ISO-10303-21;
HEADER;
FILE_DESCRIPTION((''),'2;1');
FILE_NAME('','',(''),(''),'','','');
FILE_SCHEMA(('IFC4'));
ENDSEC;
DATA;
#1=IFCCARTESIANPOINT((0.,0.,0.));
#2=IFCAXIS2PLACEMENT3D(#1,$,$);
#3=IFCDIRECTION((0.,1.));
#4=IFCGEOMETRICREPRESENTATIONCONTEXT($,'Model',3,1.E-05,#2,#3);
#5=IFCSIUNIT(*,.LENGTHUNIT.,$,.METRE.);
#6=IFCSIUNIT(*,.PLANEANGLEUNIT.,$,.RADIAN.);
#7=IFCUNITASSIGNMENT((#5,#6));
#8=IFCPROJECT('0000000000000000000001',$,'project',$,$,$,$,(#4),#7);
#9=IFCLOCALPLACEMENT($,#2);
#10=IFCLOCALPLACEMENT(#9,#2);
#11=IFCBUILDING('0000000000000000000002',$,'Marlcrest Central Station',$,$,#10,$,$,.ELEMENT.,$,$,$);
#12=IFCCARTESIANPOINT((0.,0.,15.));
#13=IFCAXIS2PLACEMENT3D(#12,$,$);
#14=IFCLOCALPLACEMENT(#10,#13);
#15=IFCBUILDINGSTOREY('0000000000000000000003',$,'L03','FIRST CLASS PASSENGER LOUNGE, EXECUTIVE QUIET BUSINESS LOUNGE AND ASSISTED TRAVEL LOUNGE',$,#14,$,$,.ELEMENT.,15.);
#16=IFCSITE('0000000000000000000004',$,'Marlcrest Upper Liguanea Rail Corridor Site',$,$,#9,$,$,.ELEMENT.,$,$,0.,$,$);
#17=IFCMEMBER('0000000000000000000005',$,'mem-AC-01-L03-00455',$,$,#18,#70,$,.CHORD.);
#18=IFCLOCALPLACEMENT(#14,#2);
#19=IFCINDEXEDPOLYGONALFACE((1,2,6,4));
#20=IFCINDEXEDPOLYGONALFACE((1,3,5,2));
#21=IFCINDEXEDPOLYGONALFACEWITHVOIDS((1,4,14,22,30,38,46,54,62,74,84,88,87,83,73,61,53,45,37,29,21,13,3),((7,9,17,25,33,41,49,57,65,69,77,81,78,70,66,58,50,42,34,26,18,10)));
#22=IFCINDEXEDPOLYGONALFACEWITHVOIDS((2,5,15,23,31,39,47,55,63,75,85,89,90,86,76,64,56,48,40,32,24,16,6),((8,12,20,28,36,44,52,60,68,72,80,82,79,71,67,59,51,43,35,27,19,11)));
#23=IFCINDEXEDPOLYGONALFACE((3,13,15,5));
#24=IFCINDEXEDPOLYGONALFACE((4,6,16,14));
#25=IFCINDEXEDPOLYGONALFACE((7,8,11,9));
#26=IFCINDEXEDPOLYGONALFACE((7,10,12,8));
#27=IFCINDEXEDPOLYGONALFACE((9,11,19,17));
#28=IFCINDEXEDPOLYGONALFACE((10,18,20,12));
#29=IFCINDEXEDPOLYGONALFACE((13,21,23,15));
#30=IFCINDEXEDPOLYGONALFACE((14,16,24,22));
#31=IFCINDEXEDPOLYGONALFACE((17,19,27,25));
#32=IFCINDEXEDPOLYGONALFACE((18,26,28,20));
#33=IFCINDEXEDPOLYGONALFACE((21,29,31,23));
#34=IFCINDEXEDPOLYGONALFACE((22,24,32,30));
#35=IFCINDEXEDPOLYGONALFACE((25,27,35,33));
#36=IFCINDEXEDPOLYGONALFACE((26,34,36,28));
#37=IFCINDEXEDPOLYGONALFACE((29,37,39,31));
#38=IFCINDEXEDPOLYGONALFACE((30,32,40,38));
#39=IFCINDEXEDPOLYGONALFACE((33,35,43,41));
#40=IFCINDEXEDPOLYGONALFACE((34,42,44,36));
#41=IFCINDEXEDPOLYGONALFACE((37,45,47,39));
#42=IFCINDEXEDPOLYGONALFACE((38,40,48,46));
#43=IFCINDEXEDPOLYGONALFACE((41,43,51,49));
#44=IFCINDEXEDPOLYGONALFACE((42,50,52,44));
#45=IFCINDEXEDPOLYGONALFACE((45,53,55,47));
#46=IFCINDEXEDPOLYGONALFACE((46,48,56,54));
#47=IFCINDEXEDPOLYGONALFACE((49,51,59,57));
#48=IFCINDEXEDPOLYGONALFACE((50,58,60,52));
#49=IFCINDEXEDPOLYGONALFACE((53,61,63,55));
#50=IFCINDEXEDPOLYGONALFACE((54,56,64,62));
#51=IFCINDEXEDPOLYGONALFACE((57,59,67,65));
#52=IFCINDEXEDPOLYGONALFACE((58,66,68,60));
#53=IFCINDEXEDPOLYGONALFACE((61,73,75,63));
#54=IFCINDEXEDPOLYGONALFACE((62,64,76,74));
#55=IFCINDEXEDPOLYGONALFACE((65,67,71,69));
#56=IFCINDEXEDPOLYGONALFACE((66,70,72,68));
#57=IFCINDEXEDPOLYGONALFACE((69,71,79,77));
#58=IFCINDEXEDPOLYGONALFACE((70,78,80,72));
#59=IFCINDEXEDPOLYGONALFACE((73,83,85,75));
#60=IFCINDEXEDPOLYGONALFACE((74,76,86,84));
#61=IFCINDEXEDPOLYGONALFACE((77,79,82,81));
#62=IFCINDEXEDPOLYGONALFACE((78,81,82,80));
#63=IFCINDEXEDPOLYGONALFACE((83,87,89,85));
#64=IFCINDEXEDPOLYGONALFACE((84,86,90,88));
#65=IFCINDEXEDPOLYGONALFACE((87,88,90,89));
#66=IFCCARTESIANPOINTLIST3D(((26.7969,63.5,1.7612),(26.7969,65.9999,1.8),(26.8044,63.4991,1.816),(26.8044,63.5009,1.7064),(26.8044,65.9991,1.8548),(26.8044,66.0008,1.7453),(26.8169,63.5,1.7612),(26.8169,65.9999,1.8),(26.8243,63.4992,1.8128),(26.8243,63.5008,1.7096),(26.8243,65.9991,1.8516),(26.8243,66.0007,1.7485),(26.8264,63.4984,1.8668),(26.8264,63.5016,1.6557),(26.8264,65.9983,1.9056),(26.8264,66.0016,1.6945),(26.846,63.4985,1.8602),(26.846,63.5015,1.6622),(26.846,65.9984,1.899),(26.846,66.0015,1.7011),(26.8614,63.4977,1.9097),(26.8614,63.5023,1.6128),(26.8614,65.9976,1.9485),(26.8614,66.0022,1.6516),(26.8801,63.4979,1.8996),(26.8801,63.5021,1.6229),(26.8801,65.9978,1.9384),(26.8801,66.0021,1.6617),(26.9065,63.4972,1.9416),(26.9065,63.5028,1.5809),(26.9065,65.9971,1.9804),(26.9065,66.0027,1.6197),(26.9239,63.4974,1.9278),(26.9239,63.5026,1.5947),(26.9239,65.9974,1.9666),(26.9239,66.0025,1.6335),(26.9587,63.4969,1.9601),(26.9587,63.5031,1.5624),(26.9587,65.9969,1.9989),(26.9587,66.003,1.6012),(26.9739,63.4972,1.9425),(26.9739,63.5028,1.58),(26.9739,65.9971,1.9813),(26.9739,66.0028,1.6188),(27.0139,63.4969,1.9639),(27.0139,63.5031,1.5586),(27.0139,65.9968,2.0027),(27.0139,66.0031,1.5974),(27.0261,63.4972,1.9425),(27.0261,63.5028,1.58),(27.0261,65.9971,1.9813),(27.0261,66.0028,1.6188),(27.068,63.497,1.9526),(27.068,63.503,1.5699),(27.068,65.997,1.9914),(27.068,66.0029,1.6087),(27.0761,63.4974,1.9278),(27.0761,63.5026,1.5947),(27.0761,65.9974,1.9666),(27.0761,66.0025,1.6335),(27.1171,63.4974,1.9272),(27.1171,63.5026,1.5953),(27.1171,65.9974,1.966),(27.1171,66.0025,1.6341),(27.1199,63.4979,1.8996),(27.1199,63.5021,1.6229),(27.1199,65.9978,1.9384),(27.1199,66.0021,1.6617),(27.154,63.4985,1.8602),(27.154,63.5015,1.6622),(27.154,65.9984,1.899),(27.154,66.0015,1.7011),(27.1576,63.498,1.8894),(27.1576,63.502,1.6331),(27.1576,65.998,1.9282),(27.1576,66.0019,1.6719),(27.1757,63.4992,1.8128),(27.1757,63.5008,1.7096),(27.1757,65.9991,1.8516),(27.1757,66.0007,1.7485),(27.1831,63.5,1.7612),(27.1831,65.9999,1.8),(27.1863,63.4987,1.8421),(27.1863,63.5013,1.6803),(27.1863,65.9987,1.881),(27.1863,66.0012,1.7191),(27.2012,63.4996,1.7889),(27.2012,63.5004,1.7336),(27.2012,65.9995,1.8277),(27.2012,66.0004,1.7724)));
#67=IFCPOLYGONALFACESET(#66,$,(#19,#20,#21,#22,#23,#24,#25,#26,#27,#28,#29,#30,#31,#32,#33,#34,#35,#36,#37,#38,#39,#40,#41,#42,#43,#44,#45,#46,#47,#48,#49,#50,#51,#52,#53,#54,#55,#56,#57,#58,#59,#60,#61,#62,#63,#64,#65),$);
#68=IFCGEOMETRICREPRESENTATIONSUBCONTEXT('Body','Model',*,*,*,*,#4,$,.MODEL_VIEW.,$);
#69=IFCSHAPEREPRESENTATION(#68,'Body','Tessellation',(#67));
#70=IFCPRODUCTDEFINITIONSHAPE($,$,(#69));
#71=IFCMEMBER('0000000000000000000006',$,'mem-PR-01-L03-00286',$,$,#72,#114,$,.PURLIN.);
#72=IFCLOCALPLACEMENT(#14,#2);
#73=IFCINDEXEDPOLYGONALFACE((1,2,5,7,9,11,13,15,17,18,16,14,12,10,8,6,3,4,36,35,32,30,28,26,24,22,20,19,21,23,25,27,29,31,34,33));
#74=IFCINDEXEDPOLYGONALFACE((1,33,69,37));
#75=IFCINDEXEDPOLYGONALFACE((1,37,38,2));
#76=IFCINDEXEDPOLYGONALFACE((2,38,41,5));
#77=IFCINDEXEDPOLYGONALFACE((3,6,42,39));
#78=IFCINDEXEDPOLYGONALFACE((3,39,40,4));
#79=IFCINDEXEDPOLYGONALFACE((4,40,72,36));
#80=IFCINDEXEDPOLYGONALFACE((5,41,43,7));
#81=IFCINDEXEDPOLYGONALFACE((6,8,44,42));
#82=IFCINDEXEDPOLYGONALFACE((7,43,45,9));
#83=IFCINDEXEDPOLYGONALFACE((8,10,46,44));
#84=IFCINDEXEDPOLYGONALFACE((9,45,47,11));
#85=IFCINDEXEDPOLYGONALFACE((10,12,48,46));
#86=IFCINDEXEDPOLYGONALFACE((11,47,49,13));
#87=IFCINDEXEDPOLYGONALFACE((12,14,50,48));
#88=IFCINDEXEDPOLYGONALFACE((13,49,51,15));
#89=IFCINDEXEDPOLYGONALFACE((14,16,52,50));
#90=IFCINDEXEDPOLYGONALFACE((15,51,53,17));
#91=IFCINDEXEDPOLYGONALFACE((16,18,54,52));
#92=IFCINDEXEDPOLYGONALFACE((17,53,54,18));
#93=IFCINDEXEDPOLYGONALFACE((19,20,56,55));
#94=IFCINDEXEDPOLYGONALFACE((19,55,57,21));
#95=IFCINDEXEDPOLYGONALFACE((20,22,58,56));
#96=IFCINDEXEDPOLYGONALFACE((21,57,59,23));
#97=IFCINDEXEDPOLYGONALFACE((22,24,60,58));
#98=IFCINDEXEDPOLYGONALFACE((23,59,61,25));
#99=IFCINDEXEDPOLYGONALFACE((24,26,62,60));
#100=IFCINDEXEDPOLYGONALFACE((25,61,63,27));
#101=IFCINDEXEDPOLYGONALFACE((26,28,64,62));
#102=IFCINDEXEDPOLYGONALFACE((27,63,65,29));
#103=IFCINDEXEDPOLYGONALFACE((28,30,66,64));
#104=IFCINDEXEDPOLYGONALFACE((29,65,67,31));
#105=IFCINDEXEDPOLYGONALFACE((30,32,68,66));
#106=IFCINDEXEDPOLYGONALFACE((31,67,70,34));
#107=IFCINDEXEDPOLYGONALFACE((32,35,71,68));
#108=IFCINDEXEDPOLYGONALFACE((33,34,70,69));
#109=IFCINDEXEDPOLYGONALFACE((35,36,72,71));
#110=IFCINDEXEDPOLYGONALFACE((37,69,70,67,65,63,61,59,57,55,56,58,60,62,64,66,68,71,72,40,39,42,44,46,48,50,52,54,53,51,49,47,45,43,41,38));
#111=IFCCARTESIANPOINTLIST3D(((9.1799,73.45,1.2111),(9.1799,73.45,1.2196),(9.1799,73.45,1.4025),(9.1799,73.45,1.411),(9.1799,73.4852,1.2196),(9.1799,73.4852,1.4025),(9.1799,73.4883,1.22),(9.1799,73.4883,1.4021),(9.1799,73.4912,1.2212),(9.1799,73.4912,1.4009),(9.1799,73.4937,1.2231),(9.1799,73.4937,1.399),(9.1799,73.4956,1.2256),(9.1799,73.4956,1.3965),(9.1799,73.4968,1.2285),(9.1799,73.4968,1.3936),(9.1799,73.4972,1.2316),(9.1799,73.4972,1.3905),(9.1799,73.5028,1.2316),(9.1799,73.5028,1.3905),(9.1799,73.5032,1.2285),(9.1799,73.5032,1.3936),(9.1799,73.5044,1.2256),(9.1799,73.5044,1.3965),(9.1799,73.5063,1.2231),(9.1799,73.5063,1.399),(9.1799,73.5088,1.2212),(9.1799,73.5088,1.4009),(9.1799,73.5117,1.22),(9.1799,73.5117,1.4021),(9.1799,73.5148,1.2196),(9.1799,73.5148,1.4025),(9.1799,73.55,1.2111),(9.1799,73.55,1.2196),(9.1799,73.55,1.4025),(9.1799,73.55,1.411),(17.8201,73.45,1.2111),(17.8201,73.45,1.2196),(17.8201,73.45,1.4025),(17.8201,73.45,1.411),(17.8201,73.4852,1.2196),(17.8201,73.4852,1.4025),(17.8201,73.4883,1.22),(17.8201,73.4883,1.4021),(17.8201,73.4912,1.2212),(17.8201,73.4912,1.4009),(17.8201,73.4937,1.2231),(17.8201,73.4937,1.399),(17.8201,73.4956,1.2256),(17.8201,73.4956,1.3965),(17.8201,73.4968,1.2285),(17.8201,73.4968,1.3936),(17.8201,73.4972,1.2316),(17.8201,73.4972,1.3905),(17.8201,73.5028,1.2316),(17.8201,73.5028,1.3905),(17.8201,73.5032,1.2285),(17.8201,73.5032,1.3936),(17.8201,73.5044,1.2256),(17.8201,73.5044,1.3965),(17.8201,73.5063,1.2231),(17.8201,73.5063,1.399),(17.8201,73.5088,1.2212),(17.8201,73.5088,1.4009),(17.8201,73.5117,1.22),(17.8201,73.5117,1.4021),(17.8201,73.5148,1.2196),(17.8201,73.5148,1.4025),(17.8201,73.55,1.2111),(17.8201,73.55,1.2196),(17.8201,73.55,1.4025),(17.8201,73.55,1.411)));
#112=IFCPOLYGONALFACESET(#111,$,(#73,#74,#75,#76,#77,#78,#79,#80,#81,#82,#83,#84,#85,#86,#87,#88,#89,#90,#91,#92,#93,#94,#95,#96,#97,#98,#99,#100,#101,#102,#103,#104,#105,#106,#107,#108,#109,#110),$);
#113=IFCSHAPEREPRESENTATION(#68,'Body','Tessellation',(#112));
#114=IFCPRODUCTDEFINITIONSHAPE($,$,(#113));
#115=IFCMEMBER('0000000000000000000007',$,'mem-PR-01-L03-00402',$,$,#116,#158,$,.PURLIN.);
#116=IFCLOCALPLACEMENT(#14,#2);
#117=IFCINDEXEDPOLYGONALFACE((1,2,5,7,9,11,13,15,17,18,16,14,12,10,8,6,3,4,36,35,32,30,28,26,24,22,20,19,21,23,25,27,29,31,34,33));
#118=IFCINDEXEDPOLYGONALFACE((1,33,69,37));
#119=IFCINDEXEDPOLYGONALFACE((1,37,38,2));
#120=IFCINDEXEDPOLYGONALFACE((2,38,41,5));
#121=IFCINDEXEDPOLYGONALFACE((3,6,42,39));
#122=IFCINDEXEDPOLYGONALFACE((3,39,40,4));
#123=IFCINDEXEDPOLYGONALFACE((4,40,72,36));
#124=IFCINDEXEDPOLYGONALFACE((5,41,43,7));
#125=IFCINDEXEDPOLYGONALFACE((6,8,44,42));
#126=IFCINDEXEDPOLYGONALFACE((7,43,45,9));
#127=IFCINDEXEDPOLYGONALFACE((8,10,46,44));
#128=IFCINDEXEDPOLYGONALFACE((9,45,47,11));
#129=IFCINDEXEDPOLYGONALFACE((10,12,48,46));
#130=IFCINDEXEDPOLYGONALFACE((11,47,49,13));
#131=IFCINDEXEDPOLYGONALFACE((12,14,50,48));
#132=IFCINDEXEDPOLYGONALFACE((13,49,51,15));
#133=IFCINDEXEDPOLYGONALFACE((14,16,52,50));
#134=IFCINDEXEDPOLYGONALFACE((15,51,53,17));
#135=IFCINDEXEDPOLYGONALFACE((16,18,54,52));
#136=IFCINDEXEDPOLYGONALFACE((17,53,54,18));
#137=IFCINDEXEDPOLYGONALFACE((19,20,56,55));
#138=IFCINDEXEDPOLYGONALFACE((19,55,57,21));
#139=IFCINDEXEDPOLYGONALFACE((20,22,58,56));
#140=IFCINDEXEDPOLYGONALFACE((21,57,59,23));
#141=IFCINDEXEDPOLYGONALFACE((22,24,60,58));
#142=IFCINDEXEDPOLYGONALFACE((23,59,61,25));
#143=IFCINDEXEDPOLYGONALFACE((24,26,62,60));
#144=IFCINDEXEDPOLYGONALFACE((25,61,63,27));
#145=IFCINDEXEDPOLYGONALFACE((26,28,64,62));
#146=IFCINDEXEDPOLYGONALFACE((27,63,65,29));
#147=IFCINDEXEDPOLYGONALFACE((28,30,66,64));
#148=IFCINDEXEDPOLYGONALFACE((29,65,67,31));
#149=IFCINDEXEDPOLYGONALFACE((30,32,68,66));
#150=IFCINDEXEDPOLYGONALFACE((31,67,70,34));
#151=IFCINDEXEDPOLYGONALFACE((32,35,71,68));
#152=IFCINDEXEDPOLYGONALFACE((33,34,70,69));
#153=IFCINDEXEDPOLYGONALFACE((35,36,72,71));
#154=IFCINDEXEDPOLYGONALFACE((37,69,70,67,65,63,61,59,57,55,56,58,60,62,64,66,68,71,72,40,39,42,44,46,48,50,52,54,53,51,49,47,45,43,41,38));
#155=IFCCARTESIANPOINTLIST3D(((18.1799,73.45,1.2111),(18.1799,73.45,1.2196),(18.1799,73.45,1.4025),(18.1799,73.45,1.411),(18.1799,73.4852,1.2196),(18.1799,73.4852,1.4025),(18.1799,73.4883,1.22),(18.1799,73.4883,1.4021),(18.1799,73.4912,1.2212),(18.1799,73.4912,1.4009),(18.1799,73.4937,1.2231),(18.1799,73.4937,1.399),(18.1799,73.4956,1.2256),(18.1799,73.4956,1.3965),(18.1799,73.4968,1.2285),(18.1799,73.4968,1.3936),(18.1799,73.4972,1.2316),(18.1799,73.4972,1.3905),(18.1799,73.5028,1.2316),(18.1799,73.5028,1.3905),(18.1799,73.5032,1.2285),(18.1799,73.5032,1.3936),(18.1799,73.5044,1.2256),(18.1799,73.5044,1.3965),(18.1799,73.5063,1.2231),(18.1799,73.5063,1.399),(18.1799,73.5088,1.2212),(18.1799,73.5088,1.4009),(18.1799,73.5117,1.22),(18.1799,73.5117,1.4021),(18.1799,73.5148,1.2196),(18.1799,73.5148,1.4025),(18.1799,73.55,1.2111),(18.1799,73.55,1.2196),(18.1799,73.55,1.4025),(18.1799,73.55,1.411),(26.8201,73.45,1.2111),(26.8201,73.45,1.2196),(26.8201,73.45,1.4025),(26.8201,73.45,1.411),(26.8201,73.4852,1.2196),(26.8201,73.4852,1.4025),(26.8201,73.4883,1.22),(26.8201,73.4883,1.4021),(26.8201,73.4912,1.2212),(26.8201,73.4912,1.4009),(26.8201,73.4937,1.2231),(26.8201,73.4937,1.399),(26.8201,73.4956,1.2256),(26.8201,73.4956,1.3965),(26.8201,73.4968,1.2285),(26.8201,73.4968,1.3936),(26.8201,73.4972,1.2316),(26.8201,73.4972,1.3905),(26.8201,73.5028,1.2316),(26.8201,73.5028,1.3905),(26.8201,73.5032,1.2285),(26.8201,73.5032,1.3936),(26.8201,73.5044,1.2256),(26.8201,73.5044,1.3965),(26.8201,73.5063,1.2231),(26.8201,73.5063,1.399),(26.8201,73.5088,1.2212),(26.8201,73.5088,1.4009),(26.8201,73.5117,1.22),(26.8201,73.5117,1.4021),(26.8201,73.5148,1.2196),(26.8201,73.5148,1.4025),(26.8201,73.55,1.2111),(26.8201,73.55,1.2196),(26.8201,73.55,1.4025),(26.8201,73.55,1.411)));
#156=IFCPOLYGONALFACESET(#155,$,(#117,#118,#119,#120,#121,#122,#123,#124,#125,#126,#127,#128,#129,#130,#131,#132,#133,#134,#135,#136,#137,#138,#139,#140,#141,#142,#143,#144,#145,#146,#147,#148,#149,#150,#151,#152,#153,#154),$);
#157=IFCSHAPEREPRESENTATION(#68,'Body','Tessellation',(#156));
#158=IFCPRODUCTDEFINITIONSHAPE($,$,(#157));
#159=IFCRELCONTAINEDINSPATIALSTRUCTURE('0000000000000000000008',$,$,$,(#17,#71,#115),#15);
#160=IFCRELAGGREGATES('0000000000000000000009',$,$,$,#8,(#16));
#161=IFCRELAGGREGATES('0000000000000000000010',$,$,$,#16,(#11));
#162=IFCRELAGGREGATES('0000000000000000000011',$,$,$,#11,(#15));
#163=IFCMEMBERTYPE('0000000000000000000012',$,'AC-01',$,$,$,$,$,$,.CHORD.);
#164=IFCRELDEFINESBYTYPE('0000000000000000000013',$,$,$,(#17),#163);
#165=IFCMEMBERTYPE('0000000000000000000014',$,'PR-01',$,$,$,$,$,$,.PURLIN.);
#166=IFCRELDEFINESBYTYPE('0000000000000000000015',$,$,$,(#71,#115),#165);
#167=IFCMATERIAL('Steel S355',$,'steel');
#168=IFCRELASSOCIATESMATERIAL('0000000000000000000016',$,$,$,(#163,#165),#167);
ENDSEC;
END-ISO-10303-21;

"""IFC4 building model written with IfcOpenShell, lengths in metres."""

from ifc_helpers import new_model, si_unit, direction, frame, origin, origin_2d, place, context, subcontext, project, spatial, hollow_circle, i_section, extrude, material, material_profile, profile_set, type_object, element, save


model = new_model("IFC4")

# Units and contexts
model_context = context("Model", 3, precision=1e-05, world=origin(), true_north=direction((0.0, 1.0)))
body_context = subcontext(model_context, "Body", "Model", "MODEL_VIEW")
ifc_project = project(units=[si_unit("LENGTHUNIT", "METRE"), si_unit("PLANEANGLEUNIT", "RADIAN")], contexts=[model_context])

# Site, building, storey
site_placement = place(None, origin())
site = spatial("IfcSite", under=ifc_project, at=site_placement, Name="Marlcrest Upper Liguanea Rail Corridor Site", CompositionType="ELEMENT", RefElevation=0.0)
building_placement = place(site_placement, origin())
building = spatial("IfcBuilding", under=site, at=building_placement, Name="Marlcrest Central Station", CompositionType="ELEMENT")
storey_placement = place(building_placement, frame((0.0, 0.0, 15.0)))
storey = spatial("IfcBuildingStorey", under=building, at=storey_placement, Name="L03", Description="FIRST CLASS PASSENGER LOUNGE, EXECUTIVE QUIET BUSINESS LOUNGE AND ASSISTED TRAVEL LOUNGE", CompositionType="ELEMENT", Elevation=15.0)

# Members
ifc_material_1 = material(Name="Steel S355", Category="steel")
ifc_material_profile_1 = material_profile(ifc_material_1, hollow_circle(Radius=0.2031, WallThickness=0.02, at=origin_2d()), Name="CHS 406.4x20")
ifc_profile_set_1 = profile_set([ifc_material_profile_1], Name="Steel S355")
member_type_1 = type_object("IfcMemberType", Name="AC-01", PredefinedType="CHORD", material=ifc_profile_set_1)
member_1_placement = place(storey_placement, frame((27.0, 63.5, 1.7612), z_axis=(0.0, 0.999879, 0.015525), x_axis=(-1.0, 0.0, 0.0)))
element("IfcMember", 1, at=member_1_placement, inside=storey, type_object=member_type_1, Name="mem-AC-01-L03-00455", PredefinedType="CHORD", context=body_context, shape_type="SweptSolid", body=[
    extrude(hollow_circle(Radius=0.2031, WallThickness=0.02, at=origin_2d()), origin(), (0.0, 0.0, 1.0), 2.5002),
])
ifc_material_profile_2 = material_profile(ifc_material_1, i_section(OverallWidth=0.1001, OverallDepth=0.2, WebThickness=0.0056, FlangeThickness=0.0085, FilletRadius=0.012, at=origin_2d()), Name="IPE 200")
ifc_profile_set_2 = profile_set([ifc_material_profile_2], Name="Steel S355")
member_type_2 = type_object("IfcMemberType", Name="PR-01", PredefinedType="PURLIN", material=ifc_profile_set_2)
for number, where, z_axis, x_axis, name in (
    (2, (9.1799, 73.5, 1.311), (1.0, 0.0, 0.0), (0.0, 1.0, 0.0), "mem-PR-01-L03-00286"),
    (3, (18.1799, 73.5, 1.311), (1.0, 0.0, 0.0), (0.0, 1.0, 0.0), "mem-PR-01-L03-00402"),
):
    element("IfcMember", number, at=place(storey_placement, frame(where, z_axis=z_axis, x_axis=x_axis)), inside=storey, type_object=member_type_2, Name=name, PredefinedType="PURLIN", context=body_context, shape_type="SweptSolid", body=[
        extrude(i_section(OverallWidth=0.1001, OverallDepth=0.2, WebThickness=0.0056, FlangeThickness=0.0085, FilletRadius=0.012, at=origin_2d()), origin(), (0.0, 0.0, 1.0), 8.6401),
    ])

save(model, "model.ifc")
